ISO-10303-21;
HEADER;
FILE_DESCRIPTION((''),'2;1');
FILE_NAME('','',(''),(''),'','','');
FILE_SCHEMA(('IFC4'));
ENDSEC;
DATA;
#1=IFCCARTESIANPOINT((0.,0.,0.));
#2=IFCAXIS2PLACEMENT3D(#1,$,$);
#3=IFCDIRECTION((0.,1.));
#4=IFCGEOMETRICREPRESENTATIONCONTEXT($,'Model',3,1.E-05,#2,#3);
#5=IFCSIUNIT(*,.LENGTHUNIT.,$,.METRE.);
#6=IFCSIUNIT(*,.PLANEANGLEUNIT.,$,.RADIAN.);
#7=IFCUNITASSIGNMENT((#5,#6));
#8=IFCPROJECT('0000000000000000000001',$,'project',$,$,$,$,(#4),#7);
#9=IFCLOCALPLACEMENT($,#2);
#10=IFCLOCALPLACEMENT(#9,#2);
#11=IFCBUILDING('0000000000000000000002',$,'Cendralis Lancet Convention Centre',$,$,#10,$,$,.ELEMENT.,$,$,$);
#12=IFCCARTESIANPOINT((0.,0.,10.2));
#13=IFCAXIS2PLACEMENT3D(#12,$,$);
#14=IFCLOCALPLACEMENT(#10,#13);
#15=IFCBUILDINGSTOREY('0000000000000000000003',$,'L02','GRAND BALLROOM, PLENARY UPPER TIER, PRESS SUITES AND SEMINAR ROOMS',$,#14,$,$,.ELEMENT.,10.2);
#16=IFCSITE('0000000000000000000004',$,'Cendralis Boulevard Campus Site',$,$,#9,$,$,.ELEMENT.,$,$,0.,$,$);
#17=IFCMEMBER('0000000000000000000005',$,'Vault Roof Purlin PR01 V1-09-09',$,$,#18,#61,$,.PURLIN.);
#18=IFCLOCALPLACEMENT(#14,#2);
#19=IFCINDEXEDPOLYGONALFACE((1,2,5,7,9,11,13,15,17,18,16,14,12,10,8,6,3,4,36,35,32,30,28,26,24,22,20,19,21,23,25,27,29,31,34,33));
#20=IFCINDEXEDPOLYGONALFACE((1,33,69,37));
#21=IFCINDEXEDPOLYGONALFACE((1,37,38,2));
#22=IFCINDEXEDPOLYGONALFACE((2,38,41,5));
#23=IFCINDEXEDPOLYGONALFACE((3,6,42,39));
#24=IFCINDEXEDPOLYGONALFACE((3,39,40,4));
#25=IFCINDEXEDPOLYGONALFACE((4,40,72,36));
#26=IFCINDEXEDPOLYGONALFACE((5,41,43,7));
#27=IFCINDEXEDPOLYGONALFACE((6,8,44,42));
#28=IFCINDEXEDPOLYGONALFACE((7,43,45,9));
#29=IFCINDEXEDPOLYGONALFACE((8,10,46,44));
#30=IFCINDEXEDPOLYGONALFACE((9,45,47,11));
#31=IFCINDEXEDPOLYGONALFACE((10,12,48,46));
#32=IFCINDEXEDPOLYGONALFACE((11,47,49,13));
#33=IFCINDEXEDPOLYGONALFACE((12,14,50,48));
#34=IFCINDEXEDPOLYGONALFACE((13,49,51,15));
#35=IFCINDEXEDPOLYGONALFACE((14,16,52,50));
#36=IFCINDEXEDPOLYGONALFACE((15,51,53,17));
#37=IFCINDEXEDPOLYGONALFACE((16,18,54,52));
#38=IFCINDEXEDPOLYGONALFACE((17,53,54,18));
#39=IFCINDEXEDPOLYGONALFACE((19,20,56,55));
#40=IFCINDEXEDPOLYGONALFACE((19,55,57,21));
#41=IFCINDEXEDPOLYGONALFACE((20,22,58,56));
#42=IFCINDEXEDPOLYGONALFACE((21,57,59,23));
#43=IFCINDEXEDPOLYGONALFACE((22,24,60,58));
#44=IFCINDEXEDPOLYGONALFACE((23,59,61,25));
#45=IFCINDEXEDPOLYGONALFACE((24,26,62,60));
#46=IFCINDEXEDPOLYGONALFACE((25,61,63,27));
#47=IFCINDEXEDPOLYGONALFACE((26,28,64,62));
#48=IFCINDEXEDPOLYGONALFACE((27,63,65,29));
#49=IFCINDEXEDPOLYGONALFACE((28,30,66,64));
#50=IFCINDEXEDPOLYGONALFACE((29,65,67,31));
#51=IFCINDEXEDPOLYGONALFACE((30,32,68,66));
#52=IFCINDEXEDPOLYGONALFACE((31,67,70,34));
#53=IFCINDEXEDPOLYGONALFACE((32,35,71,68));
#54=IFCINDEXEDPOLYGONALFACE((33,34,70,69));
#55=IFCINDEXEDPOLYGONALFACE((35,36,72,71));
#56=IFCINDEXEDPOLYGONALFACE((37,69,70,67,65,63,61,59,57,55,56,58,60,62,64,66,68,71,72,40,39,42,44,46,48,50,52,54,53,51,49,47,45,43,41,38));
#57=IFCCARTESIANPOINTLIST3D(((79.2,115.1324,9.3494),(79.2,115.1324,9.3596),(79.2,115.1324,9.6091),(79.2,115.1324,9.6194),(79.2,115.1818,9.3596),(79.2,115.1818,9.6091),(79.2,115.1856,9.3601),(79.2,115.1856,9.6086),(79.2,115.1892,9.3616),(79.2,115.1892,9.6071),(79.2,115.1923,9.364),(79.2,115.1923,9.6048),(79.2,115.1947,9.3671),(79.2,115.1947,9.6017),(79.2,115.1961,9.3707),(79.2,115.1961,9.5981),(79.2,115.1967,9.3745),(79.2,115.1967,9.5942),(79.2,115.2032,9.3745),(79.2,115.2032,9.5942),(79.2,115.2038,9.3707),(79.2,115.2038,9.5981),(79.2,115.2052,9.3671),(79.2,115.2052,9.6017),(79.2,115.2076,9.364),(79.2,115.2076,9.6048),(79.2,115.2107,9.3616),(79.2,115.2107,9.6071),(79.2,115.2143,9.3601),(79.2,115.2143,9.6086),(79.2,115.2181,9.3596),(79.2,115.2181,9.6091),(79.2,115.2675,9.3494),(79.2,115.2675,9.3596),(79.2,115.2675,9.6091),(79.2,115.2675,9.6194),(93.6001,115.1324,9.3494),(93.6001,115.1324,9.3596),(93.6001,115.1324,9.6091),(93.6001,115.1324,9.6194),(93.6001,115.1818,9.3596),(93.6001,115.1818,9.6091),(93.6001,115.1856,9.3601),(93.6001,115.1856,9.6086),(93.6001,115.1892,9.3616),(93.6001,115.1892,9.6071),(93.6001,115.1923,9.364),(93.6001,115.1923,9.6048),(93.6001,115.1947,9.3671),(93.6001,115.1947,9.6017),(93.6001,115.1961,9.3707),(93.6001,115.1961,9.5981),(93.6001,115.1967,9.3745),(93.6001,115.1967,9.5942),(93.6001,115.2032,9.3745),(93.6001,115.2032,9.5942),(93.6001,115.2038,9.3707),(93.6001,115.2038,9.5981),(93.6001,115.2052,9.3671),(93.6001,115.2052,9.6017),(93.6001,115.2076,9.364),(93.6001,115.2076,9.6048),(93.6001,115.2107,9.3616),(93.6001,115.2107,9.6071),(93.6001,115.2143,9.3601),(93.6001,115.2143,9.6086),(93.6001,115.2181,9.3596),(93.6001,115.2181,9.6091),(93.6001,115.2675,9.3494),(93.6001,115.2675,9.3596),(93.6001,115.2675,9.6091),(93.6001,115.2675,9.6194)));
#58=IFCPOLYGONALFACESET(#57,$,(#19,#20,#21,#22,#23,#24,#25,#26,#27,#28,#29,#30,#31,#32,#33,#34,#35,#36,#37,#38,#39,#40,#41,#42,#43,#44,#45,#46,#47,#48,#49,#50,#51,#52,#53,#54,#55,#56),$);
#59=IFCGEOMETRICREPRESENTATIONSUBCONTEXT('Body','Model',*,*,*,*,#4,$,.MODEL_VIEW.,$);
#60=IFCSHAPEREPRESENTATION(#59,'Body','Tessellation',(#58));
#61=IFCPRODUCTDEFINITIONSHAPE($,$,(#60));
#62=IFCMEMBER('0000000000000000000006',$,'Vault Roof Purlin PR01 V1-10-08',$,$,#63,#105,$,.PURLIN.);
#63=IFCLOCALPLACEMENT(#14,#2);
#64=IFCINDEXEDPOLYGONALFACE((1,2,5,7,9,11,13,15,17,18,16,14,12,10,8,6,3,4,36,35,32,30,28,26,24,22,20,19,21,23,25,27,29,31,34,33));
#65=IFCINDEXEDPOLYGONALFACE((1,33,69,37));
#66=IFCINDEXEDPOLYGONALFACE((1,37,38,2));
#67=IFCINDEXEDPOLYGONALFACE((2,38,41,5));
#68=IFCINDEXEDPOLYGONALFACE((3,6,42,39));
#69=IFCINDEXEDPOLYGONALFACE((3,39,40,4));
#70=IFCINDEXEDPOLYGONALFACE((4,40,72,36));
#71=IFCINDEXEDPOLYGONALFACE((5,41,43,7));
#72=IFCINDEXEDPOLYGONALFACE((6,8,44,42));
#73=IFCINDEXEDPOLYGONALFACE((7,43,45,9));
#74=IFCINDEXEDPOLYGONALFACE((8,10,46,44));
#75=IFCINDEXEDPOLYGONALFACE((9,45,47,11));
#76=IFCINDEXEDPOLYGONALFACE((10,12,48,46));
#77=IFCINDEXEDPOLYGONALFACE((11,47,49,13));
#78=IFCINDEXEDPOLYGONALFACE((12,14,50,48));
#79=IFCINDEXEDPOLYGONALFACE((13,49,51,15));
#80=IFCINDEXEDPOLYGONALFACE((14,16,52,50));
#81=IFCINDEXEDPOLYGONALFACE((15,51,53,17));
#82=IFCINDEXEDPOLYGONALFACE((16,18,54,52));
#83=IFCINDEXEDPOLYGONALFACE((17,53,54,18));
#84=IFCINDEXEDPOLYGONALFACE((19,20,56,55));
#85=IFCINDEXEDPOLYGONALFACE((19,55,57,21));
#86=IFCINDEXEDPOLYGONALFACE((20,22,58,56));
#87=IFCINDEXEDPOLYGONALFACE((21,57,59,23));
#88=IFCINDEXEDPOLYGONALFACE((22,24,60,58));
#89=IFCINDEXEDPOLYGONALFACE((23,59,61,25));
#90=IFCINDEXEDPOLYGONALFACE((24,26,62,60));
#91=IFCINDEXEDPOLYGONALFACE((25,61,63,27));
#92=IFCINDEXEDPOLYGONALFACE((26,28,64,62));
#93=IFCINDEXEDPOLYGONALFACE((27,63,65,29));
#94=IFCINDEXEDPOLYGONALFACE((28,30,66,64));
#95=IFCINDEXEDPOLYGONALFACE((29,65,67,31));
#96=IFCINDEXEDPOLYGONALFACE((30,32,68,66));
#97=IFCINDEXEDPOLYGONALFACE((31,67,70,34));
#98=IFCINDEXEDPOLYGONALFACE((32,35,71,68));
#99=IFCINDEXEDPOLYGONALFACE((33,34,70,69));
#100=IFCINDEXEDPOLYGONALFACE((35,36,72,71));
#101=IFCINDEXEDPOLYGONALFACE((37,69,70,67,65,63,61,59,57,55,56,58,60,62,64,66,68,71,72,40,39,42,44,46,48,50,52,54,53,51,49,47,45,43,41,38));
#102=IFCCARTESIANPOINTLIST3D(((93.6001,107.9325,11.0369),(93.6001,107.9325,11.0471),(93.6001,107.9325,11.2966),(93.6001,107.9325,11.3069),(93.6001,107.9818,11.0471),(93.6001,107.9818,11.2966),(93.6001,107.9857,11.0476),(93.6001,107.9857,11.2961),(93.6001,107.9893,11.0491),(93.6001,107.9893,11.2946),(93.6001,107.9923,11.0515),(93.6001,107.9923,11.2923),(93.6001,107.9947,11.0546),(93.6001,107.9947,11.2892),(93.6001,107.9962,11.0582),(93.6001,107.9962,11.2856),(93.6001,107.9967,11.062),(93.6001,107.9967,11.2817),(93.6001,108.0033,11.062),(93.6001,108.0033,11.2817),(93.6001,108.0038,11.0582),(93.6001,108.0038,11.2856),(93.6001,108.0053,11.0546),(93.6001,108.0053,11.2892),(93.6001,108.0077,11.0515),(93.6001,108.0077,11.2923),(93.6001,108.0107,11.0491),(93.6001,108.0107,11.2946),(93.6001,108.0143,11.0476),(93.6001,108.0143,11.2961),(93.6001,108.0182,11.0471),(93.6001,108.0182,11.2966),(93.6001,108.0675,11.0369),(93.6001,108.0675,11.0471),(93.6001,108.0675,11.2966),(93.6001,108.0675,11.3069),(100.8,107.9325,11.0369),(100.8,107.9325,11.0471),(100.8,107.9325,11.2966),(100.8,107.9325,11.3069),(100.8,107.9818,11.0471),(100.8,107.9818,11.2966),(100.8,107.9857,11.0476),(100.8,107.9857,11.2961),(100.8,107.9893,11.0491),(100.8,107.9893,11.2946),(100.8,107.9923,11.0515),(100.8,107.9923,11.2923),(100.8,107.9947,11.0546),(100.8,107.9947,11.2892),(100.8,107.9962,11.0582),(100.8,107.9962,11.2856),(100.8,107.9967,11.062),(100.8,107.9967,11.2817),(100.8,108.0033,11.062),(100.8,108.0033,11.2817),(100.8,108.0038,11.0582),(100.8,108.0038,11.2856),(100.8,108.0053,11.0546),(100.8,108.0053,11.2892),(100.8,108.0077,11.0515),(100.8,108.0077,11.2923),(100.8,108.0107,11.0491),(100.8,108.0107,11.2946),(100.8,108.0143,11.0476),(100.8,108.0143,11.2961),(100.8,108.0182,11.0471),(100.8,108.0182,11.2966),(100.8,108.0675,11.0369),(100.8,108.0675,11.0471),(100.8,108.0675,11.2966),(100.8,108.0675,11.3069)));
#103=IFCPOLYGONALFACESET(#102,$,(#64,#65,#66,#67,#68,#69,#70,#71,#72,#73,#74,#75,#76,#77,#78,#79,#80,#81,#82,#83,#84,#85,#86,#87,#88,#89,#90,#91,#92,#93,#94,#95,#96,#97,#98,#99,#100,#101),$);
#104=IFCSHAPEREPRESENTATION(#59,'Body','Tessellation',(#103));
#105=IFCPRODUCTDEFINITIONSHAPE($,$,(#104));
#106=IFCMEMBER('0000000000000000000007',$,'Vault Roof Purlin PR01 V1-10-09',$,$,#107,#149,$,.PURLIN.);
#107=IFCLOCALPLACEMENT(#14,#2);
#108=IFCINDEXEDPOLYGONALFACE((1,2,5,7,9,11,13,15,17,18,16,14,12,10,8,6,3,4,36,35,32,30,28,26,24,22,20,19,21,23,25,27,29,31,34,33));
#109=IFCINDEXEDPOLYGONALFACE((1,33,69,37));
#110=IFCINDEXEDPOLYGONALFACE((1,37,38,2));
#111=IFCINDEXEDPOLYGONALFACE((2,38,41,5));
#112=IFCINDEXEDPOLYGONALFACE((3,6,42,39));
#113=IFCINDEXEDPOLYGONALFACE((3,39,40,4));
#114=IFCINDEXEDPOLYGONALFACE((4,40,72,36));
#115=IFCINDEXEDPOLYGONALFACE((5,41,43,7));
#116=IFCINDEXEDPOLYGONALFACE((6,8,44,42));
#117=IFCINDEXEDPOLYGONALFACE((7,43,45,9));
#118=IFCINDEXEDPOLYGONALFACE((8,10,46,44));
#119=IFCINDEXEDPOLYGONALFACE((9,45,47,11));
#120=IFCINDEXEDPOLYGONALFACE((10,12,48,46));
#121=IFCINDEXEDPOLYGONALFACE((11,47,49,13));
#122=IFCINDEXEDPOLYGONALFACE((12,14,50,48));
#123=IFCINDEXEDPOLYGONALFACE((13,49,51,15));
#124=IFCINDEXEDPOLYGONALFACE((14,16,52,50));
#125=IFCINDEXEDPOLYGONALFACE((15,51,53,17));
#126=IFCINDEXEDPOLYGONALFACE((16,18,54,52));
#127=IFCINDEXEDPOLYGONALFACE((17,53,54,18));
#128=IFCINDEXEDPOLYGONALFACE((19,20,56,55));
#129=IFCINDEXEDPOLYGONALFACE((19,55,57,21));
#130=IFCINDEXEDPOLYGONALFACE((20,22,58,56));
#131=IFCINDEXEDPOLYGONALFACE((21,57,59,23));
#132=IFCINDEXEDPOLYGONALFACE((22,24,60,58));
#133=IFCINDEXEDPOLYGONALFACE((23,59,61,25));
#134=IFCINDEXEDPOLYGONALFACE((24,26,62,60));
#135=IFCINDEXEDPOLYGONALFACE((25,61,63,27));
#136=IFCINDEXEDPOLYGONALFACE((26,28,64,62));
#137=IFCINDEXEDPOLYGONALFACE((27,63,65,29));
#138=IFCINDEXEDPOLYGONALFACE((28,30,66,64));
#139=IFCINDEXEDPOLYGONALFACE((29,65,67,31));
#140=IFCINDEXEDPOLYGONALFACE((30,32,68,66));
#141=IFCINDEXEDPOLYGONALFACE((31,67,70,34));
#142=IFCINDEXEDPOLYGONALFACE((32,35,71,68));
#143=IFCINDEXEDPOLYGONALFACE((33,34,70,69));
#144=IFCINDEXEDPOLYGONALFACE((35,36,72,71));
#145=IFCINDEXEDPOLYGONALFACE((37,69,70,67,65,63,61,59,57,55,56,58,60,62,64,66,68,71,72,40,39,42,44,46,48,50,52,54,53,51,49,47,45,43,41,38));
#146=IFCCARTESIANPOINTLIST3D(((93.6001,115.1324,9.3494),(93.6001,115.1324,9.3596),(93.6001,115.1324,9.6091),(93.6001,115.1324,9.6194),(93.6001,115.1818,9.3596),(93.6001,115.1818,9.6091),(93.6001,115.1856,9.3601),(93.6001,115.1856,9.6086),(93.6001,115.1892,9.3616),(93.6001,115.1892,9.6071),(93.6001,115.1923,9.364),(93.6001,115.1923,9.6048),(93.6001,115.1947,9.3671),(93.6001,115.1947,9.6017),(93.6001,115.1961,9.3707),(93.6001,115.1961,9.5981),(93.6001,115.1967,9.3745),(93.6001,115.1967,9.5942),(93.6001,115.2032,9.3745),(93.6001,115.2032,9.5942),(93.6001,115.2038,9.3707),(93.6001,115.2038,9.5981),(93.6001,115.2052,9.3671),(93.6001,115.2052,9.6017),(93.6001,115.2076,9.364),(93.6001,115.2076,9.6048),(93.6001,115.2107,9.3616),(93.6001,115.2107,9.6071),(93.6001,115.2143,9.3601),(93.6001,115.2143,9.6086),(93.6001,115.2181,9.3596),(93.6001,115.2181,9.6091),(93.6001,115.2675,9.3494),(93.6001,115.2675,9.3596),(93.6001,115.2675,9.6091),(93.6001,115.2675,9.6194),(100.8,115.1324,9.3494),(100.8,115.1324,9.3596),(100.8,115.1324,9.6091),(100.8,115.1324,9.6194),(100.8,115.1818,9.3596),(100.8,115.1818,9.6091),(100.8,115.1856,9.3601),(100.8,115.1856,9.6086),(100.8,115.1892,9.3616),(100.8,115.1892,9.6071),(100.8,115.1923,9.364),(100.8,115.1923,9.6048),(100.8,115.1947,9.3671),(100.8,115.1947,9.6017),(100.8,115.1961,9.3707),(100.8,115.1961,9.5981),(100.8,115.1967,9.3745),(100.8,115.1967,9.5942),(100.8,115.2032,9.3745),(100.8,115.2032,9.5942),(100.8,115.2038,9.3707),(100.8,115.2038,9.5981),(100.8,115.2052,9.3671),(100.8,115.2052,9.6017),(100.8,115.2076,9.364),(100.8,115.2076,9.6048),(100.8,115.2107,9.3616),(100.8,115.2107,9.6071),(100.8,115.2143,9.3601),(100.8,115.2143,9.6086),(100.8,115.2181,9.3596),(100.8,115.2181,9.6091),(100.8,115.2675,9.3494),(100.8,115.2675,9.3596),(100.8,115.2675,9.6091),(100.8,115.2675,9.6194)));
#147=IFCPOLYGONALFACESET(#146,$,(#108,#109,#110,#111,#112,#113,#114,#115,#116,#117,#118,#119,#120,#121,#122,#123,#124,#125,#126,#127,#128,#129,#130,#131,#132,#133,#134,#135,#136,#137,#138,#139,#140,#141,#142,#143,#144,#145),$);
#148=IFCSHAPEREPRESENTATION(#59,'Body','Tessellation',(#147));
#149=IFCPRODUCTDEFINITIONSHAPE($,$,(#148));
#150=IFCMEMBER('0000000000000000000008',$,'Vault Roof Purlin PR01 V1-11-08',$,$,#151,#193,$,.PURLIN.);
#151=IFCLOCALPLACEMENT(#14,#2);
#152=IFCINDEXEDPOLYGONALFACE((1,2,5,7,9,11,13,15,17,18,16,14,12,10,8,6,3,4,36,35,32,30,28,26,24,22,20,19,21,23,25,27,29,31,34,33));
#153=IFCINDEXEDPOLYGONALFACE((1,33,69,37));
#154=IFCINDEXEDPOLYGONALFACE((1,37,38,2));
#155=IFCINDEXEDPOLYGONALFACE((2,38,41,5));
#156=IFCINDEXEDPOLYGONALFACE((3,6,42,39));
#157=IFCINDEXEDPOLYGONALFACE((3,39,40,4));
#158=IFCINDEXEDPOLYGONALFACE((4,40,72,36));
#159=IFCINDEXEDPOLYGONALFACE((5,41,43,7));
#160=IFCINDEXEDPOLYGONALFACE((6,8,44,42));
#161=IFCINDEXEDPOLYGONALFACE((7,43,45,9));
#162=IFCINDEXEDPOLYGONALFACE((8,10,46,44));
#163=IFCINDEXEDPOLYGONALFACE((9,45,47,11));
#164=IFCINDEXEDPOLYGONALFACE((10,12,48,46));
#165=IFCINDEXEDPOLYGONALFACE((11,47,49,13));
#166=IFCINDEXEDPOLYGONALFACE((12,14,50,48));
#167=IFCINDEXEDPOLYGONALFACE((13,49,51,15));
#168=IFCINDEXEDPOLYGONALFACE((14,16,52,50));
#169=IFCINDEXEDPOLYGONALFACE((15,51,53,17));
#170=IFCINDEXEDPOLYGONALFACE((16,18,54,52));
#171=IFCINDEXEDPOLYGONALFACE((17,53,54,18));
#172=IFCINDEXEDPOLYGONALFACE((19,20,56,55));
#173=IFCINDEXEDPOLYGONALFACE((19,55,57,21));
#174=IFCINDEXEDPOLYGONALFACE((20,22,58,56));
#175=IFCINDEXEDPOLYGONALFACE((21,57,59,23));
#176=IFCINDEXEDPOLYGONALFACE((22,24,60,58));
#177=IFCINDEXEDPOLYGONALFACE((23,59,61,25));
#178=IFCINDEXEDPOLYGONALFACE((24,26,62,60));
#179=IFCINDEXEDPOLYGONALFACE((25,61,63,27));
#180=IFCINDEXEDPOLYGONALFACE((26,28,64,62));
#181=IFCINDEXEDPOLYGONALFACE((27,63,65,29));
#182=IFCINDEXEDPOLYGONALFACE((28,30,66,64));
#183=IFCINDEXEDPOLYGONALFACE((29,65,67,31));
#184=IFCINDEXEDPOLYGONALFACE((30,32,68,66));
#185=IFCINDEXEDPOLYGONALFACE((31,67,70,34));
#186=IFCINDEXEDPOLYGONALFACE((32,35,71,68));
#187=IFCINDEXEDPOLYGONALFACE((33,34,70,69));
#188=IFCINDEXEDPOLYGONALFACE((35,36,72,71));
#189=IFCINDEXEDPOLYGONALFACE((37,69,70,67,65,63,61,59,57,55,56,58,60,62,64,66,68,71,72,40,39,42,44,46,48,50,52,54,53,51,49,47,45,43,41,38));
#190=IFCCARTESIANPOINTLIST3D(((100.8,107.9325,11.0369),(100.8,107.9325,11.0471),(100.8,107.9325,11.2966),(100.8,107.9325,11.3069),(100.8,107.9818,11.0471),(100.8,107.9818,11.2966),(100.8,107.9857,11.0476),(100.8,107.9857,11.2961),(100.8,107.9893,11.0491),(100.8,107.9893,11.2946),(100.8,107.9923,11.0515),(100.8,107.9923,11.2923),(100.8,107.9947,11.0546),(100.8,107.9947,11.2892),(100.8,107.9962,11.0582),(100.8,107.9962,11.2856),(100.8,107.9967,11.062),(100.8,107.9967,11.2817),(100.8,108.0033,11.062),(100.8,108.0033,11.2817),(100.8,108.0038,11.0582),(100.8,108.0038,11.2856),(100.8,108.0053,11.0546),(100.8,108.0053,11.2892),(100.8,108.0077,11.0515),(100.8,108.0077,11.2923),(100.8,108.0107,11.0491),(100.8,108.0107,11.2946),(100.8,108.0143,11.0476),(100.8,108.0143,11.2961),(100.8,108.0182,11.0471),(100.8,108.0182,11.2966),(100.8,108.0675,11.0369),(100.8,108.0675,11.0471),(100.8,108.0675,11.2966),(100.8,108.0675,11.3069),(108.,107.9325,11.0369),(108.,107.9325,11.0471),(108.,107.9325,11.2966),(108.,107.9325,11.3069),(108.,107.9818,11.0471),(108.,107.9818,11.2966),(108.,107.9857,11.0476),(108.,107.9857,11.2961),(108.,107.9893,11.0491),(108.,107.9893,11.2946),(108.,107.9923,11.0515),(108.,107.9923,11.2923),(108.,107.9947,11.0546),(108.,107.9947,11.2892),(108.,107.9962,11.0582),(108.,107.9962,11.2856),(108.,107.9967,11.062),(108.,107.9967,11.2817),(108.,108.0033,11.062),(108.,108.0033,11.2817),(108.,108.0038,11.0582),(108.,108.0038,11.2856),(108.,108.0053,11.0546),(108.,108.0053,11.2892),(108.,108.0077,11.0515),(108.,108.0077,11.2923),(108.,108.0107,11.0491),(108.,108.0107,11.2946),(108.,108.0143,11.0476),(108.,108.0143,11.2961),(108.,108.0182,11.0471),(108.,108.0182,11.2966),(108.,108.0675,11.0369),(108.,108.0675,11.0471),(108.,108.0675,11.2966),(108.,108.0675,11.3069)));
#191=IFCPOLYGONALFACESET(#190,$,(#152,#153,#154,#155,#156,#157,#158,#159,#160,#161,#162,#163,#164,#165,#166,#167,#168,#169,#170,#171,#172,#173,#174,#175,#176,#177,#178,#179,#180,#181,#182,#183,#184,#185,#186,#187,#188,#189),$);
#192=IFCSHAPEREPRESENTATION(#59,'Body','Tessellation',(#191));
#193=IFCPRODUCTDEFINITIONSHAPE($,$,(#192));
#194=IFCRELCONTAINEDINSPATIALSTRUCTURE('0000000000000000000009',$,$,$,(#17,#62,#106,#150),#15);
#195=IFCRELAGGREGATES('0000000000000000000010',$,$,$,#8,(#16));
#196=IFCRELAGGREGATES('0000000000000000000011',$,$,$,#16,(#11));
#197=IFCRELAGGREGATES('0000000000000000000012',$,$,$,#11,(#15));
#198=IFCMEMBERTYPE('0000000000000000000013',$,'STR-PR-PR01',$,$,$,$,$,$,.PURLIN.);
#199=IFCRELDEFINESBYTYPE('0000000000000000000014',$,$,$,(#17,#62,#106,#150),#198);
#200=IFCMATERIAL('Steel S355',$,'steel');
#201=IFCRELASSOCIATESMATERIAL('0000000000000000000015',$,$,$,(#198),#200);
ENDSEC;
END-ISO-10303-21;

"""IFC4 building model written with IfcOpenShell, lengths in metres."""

from ifc_helpers import new_model, si_unit, direction, frame, origin, origin_2d, place, context, subcontext, project, spatial, i_section, extrude, material, material_profile, profile_set, type_object, element, save


model = new_model("IFC4")

# Units and contexts
model_context = context("Model", 3, precision=1e-05, world=origin(), true_north=direction((0.0, 1.0)))
body_context = subcontext(model_context, "Body", "Model", "MODEL_VIEW")
ifc_project = project(units=[si_unit("LENGTHUNIT", "METRE"), si_unit("PLANEANGLEUNIT", "RADIAN")], contexts=[model_context])

# Site, building, storey
site_placement = place(None, origin())
site = spatial("IfcSite", under=ifc_project, at=site_placement, Name="Cendralis Boulevard Campus Site", CompositionType="ELEMENT", RefElevation=0.0)
building_placement = place(site_placement, origin())
building = spatial("IfcBuilding", under=site, at=building_placement, Name="Cendralis Lancet Convention Centre", CompositionType="ELEMENT")
storey_placement = place(building_placement, frame((0.0, 0.0, 10.2)))
storey = spatial("IfcBuildingStorey", under=building, at=storey_placement, Name="L02", Description="GRAND BALLROOM, PLENARY UPPER TIER, PRESS SUITES AND SEMINAR ROOMS", CompositionType="ELEMENT", Elevation=10.2)

# Members
ifc_material = material(Name="Steel S355", Category="steel")
ifc_material_profile_1 = material_profile(ifc_material, i_section(OverallWidth=0.135, OverallDepth=0.27, WebThickness=0.0066, FlangeThickness=0.0103, FilletRadius=0.0149, at=origin_2d()), Name="IPE 270")
ifc_profile_set_1 = profile_set([ifc_material_profile_1], Name="Steel S355")
member_type_1 = type_object("IfcMemberType", Name="STR-PR-PR01", PredefinedType="PURLIN", material=ifc_profile_set_1)
for number, where, z_axis, x_axis, name in (
    (1, (79.2, 115.2, 9.4844), (1.0, 0.0, 0.0), (0.0, 1.0, 0.0), "Vault Roof Purlin PR01 V1-09-09"),
):
    element("IfcMember", number, at=place(storey_placement, frame(where, z_axis=z_axis, x_axis=x_axis)), inside=storey, type_object=member_type_1, Name=name, PredefinedType="PURLIN", context=body_context, shape_type="SweptSolid", body=[
        extrude(i_section(OverallWidth=0.135, OverallDepth=0.27, WebThickness=0.0066, FlangeThickness=0.0103, FilletRadius=0.0149, at=origin_2d()), origin(), (0.0, 0.0, 1.0), 14.4001),
    ])
for number, where, z_axis, x_axis, name in (
    (2, (93.6001, 108.0, 11.1719), (1.0, 0.0, 0.0), (0.0, 1.0, 0.0), "Vault Roof Purlin PR01 V1-10-08"),
    (3, (93.6001, 115.2, 9.4844), (1.0, 0.0, 0.0), (0.0, 1.0, 0.0), "Vault Roof Purlin PR01 V1-10-09"),
    (4, (100.8, 108.0, 11.1719), (1.0, 0.0, 0.0), (0.0, 1.0, 0.0), "Vault Roof Purlin PR01 V1-11-08"),
):
    element("IfcMember", number, at=place(storey_placement, frame(where, z_axis=z_axis, x_axis=x_axis)), inside=storey, type_object=member_type_1, Name=name, PredefinedType="PURLIN", context=body_context, shape_type="SweptSolid", body=[
        extrude(i_section(OverallWidth=0.135, OverallDepth=0.27, WebThickness=0.0066, FlangeThickness=0.0103, FilletRadius=0.0149, at=origin_2d()), origin(), (0.0, 0.0, 1.0), 7.2),
    ])

save(model, "model.ifc")
